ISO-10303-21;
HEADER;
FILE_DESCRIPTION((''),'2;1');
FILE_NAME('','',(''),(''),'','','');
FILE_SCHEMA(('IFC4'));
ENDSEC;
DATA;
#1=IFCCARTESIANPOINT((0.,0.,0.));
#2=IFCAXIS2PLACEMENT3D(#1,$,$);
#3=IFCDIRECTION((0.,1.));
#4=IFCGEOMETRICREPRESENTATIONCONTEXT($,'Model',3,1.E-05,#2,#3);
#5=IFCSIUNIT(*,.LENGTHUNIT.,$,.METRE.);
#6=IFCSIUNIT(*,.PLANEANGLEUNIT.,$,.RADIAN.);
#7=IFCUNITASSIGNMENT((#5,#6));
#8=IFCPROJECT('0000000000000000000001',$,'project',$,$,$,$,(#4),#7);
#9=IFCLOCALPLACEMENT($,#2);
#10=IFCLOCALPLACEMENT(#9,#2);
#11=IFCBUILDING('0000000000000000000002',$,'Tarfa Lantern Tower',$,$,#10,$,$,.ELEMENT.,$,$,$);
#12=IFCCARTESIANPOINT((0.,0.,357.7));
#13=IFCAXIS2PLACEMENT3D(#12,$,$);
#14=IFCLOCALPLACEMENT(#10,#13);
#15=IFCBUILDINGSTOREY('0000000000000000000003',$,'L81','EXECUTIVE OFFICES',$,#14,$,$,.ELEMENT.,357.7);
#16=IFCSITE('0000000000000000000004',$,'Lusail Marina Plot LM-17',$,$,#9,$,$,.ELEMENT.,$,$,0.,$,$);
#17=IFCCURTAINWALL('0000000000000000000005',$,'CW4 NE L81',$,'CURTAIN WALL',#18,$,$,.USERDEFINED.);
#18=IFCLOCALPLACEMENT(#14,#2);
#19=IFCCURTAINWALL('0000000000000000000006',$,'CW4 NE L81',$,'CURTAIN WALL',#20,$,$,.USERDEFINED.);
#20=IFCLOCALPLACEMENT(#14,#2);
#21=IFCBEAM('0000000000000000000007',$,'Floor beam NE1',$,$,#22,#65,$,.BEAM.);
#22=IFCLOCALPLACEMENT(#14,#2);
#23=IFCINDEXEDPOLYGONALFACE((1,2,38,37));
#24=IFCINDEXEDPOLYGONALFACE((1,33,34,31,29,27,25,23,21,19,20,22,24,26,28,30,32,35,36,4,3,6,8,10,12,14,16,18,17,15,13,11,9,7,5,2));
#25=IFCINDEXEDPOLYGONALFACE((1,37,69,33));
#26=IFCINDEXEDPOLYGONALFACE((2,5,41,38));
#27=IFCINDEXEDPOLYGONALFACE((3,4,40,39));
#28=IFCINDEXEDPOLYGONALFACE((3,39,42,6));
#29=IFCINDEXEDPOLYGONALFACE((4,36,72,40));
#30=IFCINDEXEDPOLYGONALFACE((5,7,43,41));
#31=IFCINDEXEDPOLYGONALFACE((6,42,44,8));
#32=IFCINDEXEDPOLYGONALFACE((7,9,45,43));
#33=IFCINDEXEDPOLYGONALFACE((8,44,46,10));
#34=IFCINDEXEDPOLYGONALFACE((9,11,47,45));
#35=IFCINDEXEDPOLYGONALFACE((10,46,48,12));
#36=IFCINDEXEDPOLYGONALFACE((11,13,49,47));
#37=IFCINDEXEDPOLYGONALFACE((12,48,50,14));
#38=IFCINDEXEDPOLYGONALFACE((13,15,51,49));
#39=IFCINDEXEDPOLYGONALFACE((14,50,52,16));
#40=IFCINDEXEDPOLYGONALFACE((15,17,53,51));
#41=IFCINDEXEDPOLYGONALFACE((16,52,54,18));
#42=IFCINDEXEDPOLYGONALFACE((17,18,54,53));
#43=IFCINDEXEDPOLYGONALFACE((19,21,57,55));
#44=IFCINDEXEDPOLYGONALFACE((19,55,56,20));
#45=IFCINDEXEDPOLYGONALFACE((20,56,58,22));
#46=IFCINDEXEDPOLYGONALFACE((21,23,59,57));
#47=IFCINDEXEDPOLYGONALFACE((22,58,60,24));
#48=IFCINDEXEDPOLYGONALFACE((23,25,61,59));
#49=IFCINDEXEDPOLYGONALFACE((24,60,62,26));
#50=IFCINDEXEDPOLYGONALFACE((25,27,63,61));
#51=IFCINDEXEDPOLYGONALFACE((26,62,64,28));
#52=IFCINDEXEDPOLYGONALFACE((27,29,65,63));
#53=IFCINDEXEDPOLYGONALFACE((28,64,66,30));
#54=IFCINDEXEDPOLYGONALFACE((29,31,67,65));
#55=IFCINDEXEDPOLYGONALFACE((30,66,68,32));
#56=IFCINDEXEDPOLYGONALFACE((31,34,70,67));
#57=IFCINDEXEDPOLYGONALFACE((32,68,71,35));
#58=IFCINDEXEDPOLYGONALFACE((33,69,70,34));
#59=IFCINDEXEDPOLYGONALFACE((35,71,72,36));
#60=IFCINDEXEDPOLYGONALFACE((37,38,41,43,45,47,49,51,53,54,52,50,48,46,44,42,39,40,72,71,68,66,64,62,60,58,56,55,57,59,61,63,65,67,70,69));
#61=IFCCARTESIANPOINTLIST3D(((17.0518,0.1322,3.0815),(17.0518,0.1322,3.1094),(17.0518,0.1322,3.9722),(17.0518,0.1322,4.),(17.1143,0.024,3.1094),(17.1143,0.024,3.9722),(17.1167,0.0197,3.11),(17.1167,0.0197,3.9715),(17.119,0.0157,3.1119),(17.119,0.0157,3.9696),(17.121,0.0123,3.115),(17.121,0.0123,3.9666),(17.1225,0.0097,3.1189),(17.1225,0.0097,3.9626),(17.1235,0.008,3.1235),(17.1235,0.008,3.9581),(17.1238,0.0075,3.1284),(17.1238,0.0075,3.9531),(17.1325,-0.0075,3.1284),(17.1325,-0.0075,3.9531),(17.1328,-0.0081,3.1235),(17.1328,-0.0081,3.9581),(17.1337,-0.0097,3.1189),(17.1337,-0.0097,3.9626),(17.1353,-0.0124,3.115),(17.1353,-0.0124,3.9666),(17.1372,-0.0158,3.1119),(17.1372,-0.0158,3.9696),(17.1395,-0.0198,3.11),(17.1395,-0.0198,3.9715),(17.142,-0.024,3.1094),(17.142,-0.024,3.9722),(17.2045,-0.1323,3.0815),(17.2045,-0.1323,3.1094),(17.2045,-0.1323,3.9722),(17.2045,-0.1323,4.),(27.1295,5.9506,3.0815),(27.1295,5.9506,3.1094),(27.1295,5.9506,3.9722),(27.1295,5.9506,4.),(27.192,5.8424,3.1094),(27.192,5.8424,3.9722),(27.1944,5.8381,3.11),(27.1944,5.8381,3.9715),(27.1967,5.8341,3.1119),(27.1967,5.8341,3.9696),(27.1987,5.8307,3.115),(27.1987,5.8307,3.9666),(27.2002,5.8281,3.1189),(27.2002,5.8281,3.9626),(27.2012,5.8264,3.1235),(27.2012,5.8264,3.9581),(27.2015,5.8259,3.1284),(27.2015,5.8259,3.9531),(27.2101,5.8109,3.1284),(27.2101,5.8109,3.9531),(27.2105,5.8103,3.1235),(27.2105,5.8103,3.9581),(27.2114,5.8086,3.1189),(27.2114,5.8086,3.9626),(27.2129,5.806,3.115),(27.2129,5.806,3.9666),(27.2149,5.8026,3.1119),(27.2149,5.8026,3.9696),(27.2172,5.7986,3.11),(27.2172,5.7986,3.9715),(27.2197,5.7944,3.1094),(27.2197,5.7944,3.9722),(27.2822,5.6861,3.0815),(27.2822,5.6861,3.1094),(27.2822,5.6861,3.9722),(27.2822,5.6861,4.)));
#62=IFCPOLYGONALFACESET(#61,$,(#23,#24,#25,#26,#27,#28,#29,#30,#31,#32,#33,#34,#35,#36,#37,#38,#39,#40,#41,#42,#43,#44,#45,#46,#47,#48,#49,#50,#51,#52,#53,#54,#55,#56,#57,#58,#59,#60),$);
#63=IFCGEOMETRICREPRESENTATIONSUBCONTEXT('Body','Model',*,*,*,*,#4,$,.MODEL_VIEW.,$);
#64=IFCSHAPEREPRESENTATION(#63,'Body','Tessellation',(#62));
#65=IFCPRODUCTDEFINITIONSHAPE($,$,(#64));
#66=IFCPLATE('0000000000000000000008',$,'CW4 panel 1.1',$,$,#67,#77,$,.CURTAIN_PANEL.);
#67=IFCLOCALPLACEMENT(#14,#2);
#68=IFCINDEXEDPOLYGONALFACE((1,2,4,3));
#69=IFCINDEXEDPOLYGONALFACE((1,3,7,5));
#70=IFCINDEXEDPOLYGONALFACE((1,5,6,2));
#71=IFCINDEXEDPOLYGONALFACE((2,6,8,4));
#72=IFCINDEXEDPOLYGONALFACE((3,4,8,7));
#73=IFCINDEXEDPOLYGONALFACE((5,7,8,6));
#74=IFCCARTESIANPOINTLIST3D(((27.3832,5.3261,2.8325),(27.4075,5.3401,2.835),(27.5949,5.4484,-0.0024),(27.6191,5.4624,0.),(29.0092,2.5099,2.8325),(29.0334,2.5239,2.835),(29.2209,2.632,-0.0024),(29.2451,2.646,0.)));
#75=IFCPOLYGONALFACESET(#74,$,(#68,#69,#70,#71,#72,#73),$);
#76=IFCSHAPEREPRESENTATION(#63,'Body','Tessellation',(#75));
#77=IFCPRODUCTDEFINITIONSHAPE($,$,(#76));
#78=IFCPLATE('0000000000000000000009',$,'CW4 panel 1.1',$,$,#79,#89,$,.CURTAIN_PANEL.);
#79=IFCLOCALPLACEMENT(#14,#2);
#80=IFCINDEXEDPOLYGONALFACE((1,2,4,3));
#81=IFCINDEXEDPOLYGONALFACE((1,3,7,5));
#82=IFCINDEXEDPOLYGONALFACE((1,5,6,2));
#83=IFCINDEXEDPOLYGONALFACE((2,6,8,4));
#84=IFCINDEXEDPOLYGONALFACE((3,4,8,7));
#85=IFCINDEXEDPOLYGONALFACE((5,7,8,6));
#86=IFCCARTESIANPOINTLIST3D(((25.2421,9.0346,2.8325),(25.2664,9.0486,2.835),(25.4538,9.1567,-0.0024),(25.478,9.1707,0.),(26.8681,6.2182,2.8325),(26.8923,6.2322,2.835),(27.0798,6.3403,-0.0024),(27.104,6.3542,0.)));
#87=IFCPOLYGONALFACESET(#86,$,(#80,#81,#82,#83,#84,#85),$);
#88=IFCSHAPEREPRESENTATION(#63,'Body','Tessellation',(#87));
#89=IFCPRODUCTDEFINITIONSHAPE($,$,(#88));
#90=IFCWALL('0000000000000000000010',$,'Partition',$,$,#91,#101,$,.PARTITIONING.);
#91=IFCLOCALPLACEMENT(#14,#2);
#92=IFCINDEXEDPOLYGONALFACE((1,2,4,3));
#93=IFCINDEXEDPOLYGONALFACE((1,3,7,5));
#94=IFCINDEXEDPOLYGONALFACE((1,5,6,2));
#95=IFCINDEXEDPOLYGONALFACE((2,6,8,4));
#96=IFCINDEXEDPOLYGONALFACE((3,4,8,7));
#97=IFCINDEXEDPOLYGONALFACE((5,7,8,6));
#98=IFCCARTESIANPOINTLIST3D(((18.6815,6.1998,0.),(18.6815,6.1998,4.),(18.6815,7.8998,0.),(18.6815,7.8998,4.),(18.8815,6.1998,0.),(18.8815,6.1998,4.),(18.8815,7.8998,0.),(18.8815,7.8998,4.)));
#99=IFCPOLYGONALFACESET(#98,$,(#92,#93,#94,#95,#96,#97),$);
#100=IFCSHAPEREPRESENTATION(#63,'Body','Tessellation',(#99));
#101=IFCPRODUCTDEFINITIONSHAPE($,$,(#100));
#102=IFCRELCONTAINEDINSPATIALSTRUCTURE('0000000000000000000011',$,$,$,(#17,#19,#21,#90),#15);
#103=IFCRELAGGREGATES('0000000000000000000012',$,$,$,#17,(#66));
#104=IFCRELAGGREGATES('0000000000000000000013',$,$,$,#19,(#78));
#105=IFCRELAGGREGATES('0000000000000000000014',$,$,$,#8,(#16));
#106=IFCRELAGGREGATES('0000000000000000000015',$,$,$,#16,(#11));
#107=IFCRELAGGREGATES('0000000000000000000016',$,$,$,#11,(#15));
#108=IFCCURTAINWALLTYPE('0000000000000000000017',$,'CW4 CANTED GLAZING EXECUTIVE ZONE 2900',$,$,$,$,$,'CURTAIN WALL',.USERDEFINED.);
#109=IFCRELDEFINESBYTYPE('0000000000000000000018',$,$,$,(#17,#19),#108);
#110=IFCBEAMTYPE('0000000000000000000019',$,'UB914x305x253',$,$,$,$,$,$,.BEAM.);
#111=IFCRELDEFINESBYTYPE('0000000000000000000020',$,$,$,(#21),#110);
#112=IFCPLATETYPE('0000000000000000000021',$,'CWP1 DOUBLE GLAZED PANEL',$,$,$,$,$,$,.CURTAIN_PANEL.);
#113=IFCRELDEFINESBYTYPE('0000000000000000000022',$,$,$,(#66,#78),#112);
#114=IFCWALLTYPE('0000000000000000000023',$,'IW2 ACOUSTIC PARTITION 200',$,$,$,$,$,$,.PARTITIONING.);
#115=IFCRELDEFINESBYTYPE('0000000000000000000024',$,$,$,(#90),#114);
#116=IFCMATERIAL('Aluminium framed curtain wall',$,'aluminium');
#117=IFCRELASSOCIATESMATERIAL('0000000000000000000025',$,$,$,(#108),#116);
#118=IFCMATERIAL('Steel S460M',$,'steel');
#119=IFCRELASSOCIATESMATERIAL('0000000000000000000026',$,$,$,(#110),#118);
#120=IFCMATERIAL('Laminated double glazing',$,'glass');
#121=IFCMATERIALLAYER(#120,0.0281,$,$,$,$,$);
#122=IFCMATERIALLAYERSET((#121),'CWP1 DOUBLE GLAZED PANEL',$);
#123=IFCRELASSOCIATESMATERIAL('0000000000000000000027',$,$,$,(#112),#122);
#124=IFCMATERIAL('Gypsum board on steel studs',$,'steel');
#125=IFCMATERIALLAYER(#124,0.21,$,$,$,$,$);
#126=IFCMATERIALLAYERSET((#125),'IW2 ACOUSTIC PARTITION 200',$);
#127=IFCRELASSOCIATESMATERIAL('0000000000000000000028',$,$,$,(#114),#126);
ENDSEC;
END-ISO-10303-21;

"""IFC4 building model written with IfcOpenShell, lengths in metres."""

from ifc_helpers import new_model, si_unit, direction, frame, frame_2d, origin, origin_2d, place, context, subcontext, project, spatial, polyline, rectangle, i_section, outline, extrude, material, layer, layer_set, material_profile, profile_set, type_object, element, aggregate, save


model = new_model("IFC4")

# Units and contexts
model_context = context("Model", 3, precision=1e-05, world=origin(), true_north=direction((0.0, 1.0)))
body_context = subcontext(model_context, "Body", "Model", "MODEL_VIEW")
ifc_project = project(units=[si_unit("LENGTHUNIT", "METRE"), si_unit("PLANEANGLEUNIT", "RADIAN")], contexts=[model_context])

# Site, building, storey
site_placement = place(None, origin())
site = spatial("IfcSite", under=ifc_project, at=site_placement, Name="Lusail Marina Plot LM-17", CompositionType="ELEMENT", RefElevation=0.0)
building_placement = place(site_placement, origin())
building = spatial("IfcBuilding", under=site, at=building_placement, Name="Tarfa Lantern Tower", CompositionType="ELEMENT")
storey_placement = place(building_placement, frame((0.0, 0.0, 357.7)))
storey = spatial("IfcBuildingStorey", under=building, at=storey_placement, Name="L81", Description="EXECUTIVE OFFICES", CompositionType="ELEMENT", Elevation=357.7)

# Curtain walls
ifc_material_1 = material(Name="Aluminium framed curtain wall", Category="aluminium")
curtain_wall_type = type_object("IfcCurtainWallType", Name="CW4 CANTED GLAZING EXECUTIVE ZONE 2900", ElementType="CURTAIN WALL", PredefinedType="USERDEFINED", material=ifc_material_1)
curtain_wall_1_placement = place(storey_placement, origin())
curtain_wall_1 = element("IfcCurtainWall", 1, at=curtain_wall_1_placement, inside=storey, type_object=curtain_wall_type, Name="CW4 NE L81", ObjectType="CURTAIN WALL", PredefinedType="USERDEFINED")
curtain_wall_2_placement = place(storey_placement, origin())
curtain_wall_2 = element("IfcCurtainWall", 2, at=curtain_wall_2_placement, inside=storey, type_object=curtain_wall_type, Name="CW4 NE L81", ObjectType="CURTAIN WALL", PredefinedType="USERDEFINED")

# Beam
ifc_material_2 = material(Name="Steel S460M", Category="steel")
ifc_material_profile_1 = material_profile(ifc_material_2, i_section(OverallWidth=0.3054, OverallDepth=0.9185, WebThickness=0.0173, FlangeThickness=0.0278, FilletRadius=0.019, at=origin_2d()), Name="UB914x305x253")
ifc_profile_set_1 = profile_set([ifc_material_profile_1], Name="Steel S460M")
beam_type_1 = type_object("IfcBeamType", Name="UB914x305x253", PredefinedType="BEAM", material=ifc_profile_set_1)
beam_1_placement = place(storey_placement, frame((27.2058, 5.8184, 3.5408), z_axis=(-0.866024, -0.500002, 0.0), x_axis=(0.500002, -0.866024, 0.0)))
element("IfcBeam", 3, at=beam_1_placement, inside=storey, type_object=beam_type_1, Name="Floor beam NE1", PredefinedType="BEAM", context=body_context, shape_type="SweptSolid", body=[
    extrude(i_section(OverallWidth=0.3054, OverallDepth=0.9185, WebThickness=0.0173, FlangeThickness=0.0278, FilletRadius=0.019, at=origin_2d()), origin(), (0.0, 0.0, 1.0), 11.6367),
])

# Plates
ifc_material_3 = material(Name="Laminated double glazing", Category="glass")
ifc_layer_1 = layer(ifc_material_3, 0.0281)
ifc_layer_set_1 = layer_set([ifc_layer_1], Name="CWP1 DOUBLE GLAZED PANEL")
plate_type = type_object("IfcPlateType", Name="CWP1 DOUBLE GLAZED PANEL", PredefinedType="CURTAIN_PANEL", material=ifc_layer_set_1)
plate_1_placement = place(storey_placement, frame((29.2451, 2.646, 0.0), z_axis=(0.862826, 0.498151, 0.085893), x_axis=(-0.499999, 0.866026, -0.000002)))
plate_1 = element("IfcPlate", 4, at=plate_1_placement, type_object=plate_type, Name="CW4 panel 1.1", PredefinedType="CURTAIN_PANEL", context=body_context, shape_type="SweptSolid", body=[
    extrude(outline(polyline([(0.0, 0.0), (3.2521, 0.0), (3.252, 2.8455), (0.0001, 2.8455), (0.0, 0.0)])), origin(), (0.0, 0.0, -1.0), 0.0281),
])
aggregate(curtain_wall_1, [plate_1])
plate_2_placement = place(storey_placement, frame((27.104, 6.3542, 0.0), z_axis=(0.862837, 0.498136, 0.085872), x_axis=(-0.499982, 0.866036, 0.0)))
plate_2 = element("IfcPlate", 5, at=plate_2_placement, type_object=plate_type, Name="CW4 panel 1.1", PredefinedType="CURTAIN_PANEL", context=body_context, shape_type="SweptSolid", body=[
    extrude(outline(polyline([(0.0, 0.0), (3.2521, 0.0), (3.2522, 2.8455), (0.0001, 2.8455), (0.0, 0.0)])), origin(), (0.0, 0.0, -1.0), 0.0281),
])
aggregate(curtain_wall_2, [plate_2])

# Wall
ifc_material_4 = material(Name="Gypsum board on steel studs", Category="steel")
ifc_layer_2 = layer(ifc_material_4, 0.21)
ifc_layer_set_2 = layer_set([ifc_layer_2], Name="IW2 ACOUSTIC PARTITION 200")
wall_type = type_object("IfcWallType", Name="IW2 ACOUSTIC PARTITION 200", PredefinedType="PARTITIONING", material=ifc_layer_set_2)
wall_placement = place(storey_placement, frame((18.7815, 7.8999, 0.0), z_axis=(0.0, 0.0, 1.0), x_axis=(0.0, -1.0, 0.0)))
element("IfcWall", 6, at=wall_placement, inside=storey, type_object=wall_type, Name="Partition", PredefinedType="PARTITIONING", context=body_context, shape_type="SweptSolid", body=[
    extrude(rectangle(XDim=1.7, YDim=0.2, at=frame_2d((0.8501, 0.0))), origin(), (0.0, 0.0, 1.0), 4.0),
])

save(model, "model.ifc")
